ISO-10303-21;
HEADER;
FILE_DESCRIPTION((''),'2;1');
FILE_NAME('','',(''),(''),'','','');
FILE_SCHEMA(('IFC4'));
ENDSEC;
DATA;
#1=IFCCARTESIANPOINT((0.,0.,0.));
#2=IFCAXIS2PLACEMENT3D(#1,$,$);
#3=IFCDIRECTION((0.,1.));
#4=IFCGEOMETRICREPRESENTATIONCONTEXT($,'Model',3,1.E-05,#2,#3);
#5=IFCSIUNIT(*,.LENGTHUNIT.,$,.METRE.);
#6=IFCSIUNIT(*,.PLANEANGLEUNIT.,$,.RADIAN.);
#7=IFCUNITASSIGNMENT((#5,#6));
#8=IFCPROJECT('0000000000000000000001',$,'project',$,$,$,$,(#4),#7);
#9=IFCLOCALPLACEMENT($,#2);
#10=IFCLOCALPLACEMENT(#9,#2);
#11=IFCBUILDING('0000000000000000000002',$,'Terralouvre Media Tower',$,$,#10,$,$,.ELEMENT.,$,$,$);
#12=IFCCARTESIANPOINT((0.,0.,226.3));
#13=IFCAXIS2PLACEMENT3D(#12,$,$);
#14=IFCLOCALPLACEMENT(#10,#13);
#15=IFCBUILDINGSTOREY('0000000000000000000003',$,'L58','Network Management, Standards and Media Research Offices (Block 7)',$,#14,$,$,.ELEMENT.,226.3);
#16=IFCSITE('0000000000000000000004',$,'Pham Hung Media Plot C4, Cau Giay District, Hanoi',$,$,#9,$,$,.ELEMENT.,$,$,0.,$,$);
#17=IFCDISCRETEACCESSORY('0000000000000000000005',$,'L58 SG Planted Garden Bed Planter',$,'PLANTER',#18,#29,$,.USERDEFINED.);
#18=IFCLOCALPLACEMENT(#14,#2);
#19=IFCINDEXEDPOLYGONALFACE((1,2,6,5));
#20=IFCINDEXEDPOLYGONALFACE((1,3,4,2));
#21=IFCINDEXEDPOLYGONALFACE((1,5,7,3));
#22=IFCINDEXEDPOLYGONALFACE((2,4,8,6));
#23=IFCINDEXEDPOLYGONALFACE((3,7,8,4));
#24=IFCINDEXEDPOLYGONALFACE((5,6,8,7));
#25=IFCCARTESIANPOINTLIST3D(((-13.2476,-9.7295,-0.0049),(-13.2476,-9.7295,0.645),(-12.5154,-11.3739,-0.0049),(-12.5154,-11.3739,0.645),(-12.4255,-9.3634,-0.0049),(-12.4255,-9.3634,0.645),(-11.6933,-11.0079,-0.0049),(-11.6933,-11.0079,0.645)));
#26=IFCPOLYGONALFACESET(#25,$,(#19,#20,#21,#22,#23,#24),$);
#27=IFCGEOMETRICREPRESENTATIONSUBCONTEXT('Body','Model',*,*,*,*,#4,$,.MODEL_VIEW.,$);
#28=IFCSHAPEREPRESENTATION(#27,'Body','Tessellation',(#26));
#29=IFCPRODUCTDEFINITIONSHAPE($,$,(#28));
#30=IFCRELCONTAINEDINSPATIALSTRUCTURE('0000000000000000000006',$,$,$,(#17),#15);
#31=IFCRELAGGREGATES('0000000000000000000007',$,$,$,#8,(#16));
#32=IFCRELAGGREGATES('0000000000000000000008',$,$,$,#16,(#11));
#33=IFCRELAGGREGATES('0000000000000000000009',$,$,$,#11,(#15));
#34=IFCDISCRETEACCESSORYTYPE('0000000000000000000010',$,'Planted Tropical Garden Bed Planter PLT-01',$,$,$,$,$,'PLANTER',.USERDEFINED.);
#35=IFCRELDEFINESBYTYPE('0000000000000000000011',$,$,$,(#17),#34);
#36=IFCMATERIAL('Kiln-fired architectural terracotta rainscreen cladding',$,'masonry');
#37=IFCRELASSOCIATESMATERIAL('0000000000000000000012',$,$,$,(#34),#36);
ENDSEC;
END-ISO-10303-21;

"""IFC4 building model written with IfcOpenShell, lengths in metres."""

from ifc_helpers import new_model, si_unit, direction, frame, origin, origin_2d, place, context, subcontext, project, spatial, rectangle, extrude, material, type_object, element, save


model = new_model("IFC4")

# Units and contexts
model_context = context("Model", 3, precision=1e-05, world=origin(), true_north=direction((0.0, 1.0)))
body_context = subcontext(model_context, "Body", "Model", "MODEL_VIEW")
ifc_project = project(units=[si_unit("LENGTHUNIT", "METRE"), si_unit("PLANEANGLEUNIT", "RADIAN")], contexts=[model_context])

# Site, building, storey
site_placement = place(None, origin())
site = spatial("IfcSite", under=ifc_project, at=site_placement, Name="Pham Hung Media Plot C4, Cau Giay District, Hanoi", CompositionType="ELEMENT", RefElevation=0.0)
building_placement = place(site_placement, origin())
building = spatial("IfcBuilding", under=site, at=building_placement, Name="Terralouvre Media Tower", CompositionType="ELEMENT")
storey_placement = place(building_placement, frame((0.0, 0.0, 226.3)))
storey = spatial("IfcBuildingStorey", under=building, at=storey_placement, Name="L58", Description="Network Management, Standards and Media Research Offices (Block 7)", CompositionType="ELEMENT", Elevation=226.3)

# Discrete accessory
ifc_material_1 = material(Name="Kiln-fired architectural terracotta rainscreen cladding", Category="masonry")
discrete_accessory_type_1 = type_object("IfcDiscreteAccessoryType", Name="Planted Tropical Garden Bed Planter PLT-01", ElementType="PLANTER", PredefinedType="USERDEFINED", material=ifc_material_1)
discrete_accessory_1_placement = place(storey_placement, frame((-12.4705, -10.3687, -0.0049), z_axis=(0.0, 0.0, 1.0), x_axis=(0.406737, -0.913545, 0.0)))
element("IfcDiscreteAccessory", 1, at=discrete_accessory_1_placement, inside=storey, type_object=discrete_accessory_type_1, Name="L58 SG Planted Garden Bed Planter", ObjectType="PLANTER", PredefinedType="USERDEFINED", context=body_context, shape_type="SweptSolid", body=[
    extrude(rectangle(XDim=1.8, YDim=0.8999, at=origin_2d()), origin(), (0.0, 0.0, 1.0), 0.6499),
])

save(model, "model.ifc")
